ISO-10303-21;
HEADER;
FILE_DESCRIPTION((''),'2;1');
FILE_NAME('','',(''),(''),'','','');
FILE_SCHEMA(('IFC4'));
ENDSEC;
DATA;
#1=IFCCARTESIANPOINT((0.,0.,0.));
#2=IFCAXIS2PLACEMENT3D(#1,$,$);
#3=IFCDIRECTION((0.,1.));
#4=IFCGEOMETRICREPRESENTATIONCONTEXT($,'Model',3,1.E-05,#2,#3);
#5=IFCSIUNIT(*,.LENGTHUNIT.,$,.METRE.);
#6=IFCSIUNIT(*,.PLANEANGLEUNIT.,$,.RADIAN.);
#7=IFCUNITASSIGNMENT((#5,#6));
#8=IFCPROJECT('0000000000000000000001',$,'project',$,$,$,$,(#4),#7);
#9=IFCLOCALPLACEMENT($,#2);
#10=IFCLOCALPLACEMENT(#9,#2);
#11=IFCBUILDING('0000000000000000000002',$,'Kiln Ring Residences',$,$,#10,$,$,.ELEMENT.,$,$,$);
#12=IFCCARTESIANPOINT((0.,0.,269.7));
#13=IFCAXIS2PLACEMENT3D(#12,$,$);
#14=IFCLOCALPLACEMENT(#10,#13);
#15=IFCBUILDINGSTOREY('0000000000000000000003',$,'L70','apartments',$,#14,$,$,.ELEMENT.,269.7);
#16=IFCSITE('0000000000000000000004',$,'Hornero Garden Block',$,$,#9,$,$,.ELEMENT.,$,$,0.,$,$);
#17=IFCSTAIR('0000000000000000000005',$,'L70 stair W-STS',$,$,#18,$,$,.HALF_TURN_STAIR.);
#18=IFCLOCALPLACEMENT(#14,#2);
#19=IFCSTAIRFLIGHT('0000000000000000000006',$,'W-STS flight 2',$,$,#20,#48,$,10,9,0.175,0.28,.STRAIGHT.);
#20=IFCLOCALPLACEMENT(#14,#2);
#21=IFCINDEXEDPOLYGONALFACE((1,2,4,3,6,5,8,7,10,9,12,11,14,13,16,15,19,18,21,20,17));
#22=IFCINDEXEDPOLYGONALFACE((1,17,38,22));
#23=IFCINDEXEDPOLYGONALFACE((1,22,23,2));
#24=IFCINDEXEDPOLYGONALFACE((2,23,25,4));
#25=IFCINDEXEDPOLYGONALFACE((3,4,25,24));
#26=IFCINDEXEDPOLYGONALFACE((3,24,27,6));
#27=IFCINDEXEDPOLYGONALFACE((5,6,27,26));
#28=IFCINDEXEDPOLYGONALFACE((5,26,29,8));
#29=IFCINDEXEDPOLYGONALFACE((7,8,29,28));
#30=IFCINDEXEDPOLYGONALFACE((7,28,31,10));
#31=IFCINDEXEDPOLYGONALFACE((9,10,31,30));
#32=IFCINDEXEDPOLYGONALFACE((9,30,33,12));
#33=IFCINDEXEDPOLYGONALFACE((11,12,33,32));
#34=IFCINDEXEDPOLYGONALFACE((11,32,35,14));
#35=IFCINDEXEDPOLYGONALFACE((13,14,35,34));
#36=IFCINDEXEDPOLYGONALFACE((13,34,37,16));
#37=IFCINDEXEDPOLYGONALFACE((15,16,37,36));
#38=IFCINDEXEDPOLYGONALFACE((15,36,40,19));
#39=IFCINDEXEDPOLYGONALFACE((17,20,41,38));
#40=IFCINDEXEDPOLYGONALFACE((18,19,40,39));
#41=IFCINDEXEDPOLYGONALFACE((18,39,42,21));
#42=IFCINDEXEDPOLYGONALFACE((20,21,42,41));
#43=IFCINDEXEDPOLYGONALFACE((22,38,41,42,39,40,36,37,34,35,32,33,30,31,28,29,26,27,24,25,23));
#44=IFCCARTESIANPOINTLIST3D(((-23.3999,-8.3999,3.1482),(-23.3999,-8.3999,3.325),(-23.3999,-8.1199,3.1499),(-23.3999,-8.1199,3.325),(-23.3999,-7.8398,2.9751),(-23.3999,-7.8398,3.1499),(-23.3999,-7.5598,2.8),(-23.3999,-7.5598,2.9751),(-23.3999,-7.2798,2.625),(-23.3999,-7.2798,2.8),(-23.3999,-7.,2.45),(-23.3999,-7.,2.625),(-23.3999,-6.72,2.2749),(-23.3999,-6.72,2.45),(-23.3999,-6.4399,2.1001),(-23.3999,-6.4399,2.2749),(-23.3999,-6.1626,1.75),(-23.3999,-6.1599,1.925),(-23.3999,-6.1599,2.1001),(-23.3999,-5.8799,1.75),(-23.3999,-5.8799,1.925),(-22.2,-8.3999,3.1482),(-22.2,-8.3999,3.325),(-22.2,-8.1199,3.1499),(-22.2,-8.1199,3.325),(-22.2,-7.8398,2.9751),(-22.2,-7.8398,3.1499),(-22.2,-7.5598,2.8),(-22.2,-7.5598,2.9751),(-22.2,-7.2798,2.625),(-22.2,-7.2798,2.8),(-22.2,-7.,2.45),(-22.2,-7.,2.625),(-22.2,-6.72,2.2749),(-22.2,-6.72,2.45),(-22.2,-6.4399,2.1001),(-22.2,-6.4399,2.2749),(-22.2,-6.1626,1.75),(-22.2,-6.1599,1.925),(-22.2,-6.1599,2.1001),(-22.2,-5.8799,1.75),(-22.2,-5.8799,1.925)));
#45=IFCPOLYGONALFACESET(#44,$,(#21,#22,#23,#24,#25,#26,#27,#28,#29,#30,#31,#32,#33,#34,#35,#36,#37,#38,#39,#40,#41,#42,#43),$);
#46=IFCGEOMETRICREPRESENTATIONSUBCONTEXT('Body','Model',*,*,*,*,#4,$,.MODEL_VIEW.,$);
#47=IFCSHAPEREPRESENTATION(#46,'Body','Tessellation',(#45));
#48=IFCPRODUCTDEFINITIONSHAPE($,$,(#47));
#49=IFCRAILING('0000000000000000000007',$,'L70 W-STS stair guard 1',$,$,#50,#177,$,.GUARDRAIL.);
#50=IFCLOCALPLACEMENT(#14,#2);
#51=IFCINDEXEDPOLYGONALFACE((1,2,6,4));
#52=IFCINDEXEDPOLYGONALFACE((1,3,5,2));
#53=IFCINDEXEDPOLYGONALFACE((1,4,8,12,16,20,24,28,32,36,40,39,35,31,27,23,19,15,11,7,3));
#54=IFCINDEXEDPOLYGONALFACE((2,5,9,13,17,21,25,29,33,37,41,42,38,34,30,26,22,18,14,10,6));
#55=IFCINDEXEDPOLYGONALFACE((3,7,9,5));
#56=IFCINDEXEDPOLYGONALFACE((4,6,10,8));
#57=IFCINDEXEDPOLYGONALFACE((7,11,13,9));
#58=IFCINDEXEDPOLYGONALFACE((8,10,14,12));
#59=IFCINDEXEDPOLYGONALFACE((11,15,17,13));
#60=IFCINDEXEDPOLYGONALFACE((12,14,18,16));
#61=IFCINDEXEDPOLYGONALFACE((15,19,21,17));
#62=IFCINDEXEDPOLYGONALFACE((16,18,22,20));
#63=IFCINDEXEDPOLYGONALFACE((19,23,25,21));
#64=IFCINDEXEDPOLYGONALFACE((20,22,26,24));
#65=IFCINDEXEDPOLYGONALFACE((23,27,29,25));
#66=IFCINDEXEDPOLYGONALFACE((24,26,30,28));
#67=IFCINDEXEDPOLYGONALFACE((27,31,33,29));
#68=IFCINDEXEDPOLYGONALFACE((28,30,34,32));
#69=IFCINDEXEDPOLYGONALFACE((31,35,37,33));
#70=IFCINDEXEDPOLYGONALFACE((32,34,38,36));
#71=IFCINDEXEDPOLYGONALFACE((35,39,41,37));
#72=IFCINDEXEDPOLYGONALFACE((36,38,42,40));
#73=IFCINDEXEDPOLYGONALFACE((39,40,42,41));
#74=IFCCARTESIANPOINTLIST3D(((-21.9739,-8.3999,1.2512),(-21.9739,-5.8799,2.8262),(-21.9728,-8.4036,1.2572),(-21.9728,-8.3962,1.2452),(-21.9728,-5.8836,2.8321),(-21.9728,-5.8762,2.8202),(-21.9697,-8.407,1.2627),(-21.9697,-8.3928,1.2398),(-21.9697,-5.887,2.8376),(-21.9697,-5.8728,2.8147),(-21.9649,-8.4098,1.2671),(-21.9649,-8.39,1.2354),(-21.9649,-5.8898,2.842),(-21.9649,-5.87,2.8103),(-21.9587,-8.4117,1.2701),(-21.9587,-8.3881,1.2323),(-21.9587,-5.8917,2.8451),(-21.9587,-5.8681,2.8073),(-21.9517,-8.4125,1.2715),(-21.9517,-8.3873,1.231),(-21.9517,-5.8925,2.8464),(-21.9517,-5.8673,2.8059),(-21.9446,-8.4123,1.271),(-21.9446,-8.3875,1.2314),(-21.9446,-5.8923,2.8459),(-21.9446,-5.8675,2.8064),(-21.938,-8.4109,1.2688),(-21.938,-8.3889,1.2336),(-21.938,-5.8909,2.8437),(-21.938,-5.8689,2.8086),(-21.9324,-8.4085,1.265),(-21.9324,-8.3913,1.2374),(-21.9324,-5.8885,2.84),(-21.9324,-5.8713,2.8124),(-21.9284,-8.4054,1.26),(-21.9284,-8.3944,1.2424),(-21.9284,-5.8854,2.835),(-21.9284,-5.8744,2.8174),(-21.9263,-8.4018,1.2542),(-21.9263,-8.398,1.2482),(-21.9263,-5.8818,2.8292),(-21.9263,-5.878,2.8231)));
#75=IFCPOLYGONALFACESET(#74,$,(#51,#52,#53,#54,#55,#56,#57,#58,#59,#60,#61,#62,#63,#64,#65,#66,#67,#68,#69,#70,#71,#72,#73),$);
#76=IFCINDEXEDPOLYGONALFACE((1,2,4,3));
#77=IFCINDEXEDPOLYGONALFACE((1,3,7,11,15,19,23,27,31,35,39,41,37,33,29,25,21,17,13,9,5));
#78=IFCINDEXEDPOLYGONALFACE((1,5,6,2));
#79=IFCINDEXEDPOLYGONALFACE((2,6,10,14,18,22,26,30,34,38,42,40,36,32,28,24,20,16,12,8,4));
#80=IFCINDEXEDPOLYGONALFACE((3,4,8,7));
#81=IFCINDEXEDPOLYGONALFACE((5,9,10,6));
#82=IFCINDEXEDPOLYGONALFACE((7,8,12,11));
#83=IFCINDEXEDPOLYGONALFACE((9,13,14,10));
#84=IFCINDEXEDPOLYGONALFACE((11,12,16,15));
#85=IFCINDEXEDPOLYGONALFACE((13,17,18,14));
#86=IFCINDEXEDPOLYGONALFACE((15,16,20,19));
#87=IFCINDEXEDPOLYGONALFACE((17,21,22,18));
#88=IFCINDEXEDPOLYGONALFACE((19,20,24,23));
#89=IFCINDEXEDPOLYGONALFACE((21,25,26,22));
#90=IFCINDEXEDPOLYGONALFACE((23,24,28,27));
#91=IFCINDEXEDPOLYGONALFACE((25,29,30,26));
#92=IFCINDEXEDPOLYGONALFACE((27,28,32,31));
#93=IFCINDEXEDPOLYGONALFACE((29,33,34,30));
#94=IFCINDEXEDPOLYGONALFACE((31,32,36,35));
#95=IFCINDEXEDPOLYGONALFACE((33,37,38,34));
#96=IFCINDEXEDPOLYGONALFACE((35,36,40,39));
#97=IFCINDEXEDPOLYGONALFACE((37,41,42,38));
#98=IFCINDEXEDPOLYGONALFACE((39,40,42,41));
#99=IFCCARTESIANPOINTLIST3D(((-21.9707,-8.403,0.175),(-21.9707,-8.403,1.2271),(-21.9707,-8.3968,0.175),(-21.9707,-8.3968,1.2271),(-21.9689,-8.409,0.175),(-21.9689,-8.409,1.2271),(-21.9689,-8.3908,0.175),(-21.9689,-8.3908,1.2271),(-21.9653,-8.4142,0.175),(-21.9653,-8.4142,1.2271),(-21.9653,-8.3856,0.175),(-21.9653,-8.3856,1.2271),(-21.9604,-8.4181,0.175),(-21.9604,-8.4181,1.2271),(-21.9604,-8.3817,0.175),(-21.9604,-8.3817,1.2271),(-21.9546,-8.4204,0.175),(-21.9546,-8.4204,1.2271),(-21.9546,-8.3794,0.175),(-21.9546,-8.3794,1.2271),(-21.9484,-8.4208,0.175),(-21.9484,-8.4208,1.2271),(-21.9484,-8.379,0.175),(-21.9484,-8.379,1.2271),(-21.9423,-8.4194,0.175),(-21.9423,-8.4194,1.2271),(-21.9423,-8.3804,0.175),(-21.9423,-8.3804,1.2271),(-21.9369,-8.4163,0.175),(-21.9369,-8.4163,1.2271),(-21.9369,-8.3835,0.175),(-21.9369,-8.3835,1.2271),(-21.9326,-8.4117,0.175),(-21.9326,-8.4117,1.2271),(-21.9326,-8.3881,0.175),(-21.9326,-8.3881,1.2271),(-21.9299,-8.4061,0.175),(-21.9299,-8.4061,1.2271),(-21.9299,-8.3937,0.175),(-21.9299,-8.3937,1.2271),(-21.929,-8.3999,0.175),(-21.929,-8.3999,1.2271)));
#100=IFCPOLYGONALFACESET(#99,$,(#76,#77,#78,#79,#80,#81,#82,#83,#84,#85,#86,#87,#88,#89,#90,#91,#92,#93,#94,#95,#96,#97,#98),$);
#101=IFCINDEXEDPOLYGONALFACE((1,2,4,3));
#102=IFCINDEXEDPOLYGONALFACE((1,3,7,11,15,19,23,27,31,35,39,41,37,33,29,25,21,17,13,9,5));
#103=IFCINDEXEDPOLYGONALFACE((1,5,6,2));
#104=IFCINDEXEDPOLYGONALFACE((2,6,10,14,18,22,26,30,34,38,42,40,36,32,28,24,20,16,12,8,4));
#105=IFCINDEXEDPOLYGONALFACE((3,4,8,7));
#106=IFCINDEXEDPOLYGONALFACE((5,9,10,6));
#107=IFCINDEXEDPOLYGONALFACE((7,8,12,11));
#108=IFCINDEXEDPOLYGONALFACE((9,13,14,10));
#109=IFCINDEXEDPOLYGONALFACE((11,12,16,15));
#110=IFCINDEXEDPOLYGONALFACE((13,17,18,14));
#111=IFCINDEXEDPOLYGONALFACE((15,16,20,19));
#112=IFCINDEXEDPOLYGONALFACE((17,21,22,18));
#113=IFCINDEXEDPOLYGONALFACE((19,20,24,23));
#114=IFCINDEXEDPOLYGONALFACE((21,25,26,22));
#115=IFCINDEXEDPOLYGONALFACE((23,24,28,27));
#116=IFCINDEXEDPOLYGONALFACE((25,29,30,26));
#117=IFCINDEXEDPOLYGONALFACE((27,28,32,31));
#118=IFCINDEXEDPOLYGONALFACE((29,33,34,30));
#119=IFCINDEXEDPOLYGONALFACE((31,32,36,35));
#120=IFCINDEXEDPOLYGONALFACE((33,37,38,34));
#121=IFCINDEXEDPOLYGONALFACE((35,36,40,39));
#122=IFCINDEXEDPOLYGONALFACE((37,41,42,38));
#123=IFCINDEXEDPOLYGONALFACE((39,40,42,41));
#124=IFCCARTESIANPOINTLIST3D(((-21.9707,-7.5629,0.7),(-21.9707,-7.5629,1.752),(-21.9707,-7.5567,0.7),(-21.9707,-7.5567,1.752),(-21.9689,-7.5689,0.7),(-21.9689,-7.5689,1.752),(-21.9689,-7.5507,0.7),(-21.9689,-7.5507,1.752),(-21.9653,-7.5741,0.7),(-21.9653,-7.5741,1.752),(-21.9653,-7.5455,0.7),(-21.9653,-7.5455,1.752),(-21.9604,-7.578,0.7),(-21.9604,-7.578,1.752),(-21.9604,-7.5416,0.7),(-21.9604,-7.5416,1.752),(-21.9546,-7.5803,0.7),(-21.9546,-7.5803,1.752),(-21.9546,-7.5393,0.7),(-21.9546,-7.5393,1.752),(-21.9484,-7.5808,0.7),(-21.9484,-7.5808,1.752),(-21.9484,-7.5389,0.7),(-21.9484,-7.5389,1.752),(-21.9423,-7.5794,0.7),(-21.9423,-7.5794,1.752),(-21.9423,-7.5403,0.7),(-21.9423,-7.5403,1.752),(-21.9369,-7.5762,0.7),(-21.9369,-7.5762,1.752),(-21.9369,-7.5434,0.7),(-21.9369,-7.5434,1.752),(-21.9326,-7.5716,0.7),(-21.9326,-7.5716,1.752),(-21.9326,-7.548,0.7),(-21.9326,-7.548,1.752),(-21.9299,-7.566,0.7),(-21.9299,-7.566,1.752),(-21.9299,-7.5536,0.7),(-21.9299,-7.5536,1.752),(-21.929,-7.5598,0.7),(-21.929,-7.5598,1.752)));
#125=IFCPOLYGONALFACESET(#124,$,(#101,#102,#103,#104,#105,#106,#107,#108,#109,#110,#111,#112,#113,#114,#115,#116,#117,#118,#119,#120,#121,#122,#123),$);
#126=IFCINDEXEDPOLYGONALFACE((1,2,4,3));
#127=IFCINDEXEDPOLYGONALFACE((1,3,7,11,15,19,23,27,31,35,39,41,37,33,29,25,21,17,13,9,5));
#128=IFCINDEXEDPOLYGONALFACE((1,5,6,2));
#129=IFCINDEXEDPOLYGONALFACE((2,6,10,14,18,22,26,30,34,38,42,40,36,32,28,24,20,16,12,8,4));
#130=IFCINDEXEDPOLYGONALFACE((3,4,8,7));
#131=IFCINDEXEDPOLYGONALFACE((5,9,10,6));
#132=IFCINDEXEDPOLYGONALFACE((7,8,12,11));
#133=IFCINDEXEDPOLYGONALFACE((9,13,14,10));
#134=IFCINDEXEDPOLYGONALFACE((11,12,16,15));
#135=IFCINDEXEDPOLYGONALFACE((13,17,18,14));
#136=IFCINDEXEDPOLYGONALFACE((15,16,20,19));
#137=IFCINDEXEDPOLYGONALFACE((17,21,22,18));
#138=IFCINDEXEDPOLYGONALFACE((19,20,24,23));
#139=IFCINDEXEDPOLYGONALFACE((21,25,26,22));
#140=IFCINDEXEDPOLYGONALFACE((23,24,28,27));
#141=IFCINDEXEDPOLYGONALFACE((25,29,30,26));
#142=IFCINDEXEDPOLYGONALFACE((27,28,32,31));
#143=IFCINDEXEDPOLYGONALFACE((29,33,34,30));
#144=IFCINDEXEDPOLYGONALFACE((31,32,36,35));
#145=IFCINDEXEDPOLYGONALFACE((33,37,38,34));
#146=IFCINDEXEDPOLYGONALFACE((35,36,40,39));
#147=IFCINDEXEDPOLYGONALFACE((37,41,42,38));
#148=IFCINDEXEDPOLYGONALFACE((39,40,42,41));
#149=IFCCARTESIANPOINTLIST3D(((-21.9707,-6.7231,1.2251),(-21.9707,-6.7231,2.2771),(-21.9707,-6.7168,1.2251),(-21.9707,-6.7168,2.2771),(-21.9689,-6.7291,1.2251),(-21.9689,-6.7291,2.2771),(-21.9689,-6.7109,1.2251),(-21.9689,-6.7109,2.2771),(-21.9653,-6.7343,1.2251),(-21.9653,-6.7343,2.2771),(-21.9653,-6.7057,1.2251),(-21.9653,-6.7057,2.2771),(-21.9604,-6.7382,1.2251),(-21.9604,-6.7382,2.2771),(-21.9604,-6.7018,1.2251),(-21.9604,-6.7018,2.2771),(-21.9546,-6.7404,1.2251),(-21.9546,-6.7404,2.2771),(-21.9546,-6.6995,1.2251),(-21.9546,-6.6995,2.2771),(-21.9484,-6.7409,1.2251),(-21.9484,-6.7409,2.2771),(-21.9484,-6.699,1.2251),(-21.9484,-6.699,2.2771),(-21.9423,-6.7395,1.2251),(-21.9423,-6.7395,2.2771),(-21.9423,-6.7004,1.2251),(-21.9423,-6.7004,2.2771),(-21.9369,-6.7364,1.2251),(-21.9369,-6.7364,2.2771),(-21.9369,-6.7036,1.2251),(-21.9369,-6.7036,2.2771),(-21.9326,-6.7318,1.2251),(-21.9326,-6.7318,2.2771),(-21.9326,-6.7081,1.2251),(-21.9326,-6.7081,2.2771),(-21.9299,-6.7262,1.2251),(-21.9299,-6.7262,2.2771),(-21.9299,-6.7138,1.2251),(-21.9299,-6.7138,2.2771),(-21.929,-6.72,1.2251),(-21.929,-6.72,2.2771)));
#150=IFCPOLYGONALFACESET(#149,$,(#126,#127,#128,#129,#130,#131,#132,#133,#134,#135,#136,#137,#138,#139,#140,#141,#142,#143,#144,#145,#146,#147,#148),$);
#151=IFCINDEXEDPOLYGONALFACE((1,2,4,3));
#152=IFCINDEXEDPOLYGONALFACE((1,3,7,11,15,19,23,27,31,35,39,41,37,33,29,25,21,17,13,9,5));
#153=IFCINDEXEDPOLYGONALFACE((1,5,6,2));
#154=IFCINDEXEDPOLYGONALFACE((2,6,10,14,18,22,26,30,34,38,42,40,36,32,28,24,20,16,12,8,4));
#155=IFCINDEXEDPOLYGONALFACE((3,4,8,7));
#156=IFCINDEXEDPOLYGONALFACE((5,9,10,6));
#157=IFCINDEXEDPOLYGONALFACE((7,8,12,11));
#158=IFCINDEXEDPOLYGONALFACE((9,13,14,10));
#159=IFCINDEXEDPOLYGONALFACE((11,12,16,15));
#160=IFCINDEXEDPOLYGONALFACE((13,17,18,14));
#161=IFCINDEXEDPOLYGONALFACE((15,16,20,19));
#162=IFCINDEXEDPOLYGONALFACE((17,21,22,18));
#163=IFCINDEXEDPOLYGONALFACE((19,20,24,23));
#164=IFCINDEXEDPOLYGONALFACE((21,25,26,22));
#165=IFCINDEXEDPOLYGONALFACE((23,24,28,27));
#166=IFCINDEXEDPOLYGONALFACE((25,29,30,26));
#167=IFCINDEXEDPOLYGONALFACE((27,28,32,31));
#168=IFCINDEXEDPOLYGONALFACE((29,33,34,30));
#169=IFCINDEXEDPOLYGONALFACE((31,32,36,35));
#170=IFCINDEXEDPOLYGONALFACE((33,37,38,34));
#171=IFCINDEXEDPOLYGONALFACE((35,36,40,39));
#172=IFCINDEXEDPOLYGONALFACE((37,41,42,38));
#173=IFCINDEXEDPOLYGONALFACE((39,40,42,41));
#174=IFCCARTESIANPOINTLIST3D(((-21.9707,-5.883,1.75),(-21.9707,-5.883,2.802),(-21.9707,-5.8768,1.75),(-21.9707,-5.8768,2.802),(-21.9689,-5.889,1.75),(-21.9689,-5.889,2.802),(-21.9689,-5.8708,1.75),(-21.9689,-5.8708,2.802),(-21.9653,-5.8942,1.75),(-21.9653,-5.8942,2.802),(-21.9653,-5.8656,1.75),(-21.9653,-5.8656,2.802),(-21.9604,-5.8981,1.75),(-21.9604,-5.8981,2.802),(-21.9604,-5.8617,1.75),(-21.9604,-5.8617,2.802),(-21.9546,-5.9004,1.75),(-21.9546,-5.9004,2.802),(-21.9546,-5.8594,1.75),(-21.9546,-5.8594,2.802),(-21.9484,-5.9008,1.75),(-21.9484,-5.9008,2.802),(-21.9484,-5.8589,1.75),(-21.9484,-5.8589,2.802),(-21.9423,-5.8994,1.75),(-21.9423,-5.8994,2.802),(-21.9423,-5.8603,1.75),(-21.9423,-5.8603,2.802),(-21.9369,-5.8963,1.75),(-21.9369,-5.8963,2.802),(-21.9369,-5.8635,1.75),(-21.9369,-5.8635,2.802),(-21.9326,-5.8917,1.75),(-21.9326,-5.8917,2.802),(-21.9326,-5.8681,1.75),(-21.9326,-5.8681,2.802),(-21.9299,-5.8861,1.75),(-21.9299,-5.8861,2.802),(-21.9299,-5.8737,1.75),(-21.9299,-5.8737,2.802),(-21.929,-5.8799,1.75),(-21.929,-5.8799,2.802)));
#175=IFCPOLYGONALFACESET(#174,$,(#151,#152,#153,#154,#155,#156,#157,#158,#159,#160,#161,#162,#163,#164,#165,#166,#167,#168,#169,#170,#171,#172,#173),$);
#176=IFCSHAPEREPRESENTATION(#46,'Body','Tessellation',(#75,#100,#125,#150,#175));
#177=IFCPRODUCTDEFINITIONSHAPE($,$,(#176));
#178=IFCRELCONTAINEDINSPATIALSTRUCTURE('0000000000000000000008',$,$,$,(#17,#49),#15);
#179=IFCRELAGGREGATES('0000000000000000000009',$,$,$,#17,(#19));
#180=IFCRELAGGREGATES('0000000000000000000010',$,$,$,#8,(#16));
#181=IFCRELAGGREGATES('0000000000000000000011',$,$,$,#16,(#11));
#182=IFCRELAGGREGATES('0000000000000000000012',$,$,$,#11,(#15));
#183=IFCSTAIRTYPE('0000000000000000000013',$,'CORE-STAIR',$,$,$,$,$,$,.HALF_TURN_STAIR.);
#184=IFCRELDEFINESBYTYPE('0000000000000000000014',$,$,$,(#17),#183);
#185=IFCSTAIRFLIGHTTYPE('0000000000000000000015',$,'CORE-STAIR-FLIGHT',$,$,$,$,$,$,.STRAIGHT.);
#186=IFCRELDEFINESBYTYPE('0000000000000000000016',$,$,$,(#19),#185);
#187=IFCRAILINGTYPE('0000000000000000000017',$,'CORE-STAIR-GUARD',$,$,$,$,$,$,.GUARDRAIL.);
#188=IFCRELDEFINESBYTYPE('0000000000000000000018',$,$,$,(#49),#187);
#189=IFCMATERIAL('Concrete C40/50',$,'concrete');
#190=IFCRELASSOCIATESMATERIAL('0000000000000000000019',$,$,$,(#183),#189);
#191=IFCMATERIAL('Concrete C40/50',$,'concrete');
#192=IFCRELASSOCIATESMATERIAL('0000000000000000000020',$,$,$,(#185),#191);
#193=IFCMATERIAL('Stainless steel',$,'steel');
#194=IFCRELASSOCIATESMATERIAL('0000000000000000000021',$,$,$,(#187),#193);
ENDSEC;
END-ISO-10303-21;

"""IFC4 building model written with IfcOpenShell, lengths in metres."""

from ifc_helpers import new_model, si_unit, direction, frame, origin, origin_2d, place, context, subcontext, project, spatial, polyline, circle, outline, extrude, material, type_object, element, aggregate, save


model = new_model("IFC4")

# Units and contexts
model_context = context("Model", 3, precision=1e-05, world=origin(), true_north=direction((0.0, 1.0)))
body_context = subcontext(model_context, "Body", "Model", "MODEL_VIEW")
ifc_project = project(units=[si_unit("LENGTHUNIT", "METRE"), si_unit("PLANEANGLEUNIT", "RADIAN")], contexts=[model_context])

# Site, building, storey
site_placement = place(None, origin())
site = spatial("IfcSite", under=ifc_project, at=site_placement, Name="Hornero Garden Block", CompositionType="ELEMENT", RefElevation=0.0)
building_placement = place(site_placement, origin())
building = spatial("IfcBuilding", under=site, at=building_placement, Name="Kiln Ring Residences", CompositionType="ELEMENT")
storey_placement = place(building_placement, frame((0.0, 0.0, 269.7)))
storey = spatial("IfcBuildingStorey", under=building, at=storey_placement, Name="L70", Description="apartments", CompositionType="ELEMENT", Elevation=269.7)

# Stair, stair flight
ifc_material_1 = material(Name="Concrete C40/50", Category="concrete")
stair_type = type_object("IfcStairType", Name="CORE-STAIR", PredefinedType="HALF_TURN_STAIR", material=ifc_material_1)
stair_placement = place(storey_placement, origin())
stair = element("IfcStair", 1, at=stair_placement, inside=storey, type_object=stair_type, Name="L70 stair W-STS", PredefinedType="HALF_TURN_STAIR")
ifc_material_2 = material(Name="Concrete C40/50", Category="concrete")
stair_flight_type = type_object("IfcStairFlightType", Name="CORE-STAIR-FLIGHT", PredefinedType="STRAIGHT", material=ifc_material_2)
stair_flight_1_placement = place(storey_placement, frame((-22.8, -5.8799, 1.75), z_axis=(0.0, 0.0, 1.0), x_axis=(0.0, -1.0, 0.0)))
stair_flight_1 = element("IfcStairFlight", 2, at=stair_flight_1_placement, type_object=stair_flight_type, Name="W-STS flight 2", NumberOfRisers=10, NumberOfTreads=9, PredefinedType="STRAIGHT", RiserHeight=0.175, TreadLength=0.28, context=body_context, shape_type="SweptSolid", body=[
    extrude(outline(polyline([(0.0, 0.0), (0.0, 0.175), (0.28, 0.175), (0.28, 0.3501), (0.5601, 0.3501), (0.5601, 0.5249), (0.8401, 0.5249), (0.8401, 0.7), (1.1201, 0.7), (1.1201, 0.875), (1.3999, 0.875), (1.3999, 1.05), (1.6799, 1.05), (1.6799, 1.2251), (1.96, 1.2251), (1.96, 1.3999), (2.24, 1.3999), (2.24, 1.575), (2.52, 1.575), (2.52, 1.75), (2.52, 1.3982), (0.2827, 0.0), (0.0, 0.0)])), frame((0.0, 0.6001, 0.0), z_axis=(0.0, -1.0, 0.0), x_axis=(1.0, 0.0, 0.0)), (0.0, 0.0, 1.0), 1.2),
])
aggregate(stair, [stair_flight_1])

# Railing
ifc_material_3 = material(Name="Stainless steel", Category="steel")
railing_type_1 = type_object("IfcRailingType", Name="CORE-STAIR-GUARD", PredefinedType="GUARDRAIL", material=ifc_material_3)
railing_1_placement = place(storey_placement, frame((-21.95, -8.3999, 0.175)))
element("IfcRailing", 3, at=railing_1_placement, inside=storey, type_object=railing_type_1, Name="L70 W-STS stair guard 1", PredefinedType="GUARDRAIL", context=body_context, shape_type="SweptSolid", body=[
    extrude(circle(Radius=0.0239, at=origin_2d()), frame((0.0, 0.0, 1.0762), z_axis=(0.0, 0.848008, 0.529984), x_axis=(-1.0, 0.0, 0.0)), (0.0, 0.0, 1.0), 2.9717),
    extrude(circle(Radius=0.021, at=origin_2d()), origin(), (0.0, 0.0, 1.0), 1.052),
    extrude(circle(Radius=0.021, at=origin_2d()), frame((0.0, 0.8401, 0.5249)), (0.0, 0.0, 1.0), 1.052),
    extrude(circle(Radius=0.021, at=origin_2d()), frame((0.0, 1.6799, 1.05)), (0.0, 0.0, 1.0), 1.052),
    extrude(circle(Radius=0.021, at=origin_2d()), frame((0.0, 2.52, 1.575)), (0.0, 0.0, 1.0), 1.052),
])

save(model, "model.ifc")
